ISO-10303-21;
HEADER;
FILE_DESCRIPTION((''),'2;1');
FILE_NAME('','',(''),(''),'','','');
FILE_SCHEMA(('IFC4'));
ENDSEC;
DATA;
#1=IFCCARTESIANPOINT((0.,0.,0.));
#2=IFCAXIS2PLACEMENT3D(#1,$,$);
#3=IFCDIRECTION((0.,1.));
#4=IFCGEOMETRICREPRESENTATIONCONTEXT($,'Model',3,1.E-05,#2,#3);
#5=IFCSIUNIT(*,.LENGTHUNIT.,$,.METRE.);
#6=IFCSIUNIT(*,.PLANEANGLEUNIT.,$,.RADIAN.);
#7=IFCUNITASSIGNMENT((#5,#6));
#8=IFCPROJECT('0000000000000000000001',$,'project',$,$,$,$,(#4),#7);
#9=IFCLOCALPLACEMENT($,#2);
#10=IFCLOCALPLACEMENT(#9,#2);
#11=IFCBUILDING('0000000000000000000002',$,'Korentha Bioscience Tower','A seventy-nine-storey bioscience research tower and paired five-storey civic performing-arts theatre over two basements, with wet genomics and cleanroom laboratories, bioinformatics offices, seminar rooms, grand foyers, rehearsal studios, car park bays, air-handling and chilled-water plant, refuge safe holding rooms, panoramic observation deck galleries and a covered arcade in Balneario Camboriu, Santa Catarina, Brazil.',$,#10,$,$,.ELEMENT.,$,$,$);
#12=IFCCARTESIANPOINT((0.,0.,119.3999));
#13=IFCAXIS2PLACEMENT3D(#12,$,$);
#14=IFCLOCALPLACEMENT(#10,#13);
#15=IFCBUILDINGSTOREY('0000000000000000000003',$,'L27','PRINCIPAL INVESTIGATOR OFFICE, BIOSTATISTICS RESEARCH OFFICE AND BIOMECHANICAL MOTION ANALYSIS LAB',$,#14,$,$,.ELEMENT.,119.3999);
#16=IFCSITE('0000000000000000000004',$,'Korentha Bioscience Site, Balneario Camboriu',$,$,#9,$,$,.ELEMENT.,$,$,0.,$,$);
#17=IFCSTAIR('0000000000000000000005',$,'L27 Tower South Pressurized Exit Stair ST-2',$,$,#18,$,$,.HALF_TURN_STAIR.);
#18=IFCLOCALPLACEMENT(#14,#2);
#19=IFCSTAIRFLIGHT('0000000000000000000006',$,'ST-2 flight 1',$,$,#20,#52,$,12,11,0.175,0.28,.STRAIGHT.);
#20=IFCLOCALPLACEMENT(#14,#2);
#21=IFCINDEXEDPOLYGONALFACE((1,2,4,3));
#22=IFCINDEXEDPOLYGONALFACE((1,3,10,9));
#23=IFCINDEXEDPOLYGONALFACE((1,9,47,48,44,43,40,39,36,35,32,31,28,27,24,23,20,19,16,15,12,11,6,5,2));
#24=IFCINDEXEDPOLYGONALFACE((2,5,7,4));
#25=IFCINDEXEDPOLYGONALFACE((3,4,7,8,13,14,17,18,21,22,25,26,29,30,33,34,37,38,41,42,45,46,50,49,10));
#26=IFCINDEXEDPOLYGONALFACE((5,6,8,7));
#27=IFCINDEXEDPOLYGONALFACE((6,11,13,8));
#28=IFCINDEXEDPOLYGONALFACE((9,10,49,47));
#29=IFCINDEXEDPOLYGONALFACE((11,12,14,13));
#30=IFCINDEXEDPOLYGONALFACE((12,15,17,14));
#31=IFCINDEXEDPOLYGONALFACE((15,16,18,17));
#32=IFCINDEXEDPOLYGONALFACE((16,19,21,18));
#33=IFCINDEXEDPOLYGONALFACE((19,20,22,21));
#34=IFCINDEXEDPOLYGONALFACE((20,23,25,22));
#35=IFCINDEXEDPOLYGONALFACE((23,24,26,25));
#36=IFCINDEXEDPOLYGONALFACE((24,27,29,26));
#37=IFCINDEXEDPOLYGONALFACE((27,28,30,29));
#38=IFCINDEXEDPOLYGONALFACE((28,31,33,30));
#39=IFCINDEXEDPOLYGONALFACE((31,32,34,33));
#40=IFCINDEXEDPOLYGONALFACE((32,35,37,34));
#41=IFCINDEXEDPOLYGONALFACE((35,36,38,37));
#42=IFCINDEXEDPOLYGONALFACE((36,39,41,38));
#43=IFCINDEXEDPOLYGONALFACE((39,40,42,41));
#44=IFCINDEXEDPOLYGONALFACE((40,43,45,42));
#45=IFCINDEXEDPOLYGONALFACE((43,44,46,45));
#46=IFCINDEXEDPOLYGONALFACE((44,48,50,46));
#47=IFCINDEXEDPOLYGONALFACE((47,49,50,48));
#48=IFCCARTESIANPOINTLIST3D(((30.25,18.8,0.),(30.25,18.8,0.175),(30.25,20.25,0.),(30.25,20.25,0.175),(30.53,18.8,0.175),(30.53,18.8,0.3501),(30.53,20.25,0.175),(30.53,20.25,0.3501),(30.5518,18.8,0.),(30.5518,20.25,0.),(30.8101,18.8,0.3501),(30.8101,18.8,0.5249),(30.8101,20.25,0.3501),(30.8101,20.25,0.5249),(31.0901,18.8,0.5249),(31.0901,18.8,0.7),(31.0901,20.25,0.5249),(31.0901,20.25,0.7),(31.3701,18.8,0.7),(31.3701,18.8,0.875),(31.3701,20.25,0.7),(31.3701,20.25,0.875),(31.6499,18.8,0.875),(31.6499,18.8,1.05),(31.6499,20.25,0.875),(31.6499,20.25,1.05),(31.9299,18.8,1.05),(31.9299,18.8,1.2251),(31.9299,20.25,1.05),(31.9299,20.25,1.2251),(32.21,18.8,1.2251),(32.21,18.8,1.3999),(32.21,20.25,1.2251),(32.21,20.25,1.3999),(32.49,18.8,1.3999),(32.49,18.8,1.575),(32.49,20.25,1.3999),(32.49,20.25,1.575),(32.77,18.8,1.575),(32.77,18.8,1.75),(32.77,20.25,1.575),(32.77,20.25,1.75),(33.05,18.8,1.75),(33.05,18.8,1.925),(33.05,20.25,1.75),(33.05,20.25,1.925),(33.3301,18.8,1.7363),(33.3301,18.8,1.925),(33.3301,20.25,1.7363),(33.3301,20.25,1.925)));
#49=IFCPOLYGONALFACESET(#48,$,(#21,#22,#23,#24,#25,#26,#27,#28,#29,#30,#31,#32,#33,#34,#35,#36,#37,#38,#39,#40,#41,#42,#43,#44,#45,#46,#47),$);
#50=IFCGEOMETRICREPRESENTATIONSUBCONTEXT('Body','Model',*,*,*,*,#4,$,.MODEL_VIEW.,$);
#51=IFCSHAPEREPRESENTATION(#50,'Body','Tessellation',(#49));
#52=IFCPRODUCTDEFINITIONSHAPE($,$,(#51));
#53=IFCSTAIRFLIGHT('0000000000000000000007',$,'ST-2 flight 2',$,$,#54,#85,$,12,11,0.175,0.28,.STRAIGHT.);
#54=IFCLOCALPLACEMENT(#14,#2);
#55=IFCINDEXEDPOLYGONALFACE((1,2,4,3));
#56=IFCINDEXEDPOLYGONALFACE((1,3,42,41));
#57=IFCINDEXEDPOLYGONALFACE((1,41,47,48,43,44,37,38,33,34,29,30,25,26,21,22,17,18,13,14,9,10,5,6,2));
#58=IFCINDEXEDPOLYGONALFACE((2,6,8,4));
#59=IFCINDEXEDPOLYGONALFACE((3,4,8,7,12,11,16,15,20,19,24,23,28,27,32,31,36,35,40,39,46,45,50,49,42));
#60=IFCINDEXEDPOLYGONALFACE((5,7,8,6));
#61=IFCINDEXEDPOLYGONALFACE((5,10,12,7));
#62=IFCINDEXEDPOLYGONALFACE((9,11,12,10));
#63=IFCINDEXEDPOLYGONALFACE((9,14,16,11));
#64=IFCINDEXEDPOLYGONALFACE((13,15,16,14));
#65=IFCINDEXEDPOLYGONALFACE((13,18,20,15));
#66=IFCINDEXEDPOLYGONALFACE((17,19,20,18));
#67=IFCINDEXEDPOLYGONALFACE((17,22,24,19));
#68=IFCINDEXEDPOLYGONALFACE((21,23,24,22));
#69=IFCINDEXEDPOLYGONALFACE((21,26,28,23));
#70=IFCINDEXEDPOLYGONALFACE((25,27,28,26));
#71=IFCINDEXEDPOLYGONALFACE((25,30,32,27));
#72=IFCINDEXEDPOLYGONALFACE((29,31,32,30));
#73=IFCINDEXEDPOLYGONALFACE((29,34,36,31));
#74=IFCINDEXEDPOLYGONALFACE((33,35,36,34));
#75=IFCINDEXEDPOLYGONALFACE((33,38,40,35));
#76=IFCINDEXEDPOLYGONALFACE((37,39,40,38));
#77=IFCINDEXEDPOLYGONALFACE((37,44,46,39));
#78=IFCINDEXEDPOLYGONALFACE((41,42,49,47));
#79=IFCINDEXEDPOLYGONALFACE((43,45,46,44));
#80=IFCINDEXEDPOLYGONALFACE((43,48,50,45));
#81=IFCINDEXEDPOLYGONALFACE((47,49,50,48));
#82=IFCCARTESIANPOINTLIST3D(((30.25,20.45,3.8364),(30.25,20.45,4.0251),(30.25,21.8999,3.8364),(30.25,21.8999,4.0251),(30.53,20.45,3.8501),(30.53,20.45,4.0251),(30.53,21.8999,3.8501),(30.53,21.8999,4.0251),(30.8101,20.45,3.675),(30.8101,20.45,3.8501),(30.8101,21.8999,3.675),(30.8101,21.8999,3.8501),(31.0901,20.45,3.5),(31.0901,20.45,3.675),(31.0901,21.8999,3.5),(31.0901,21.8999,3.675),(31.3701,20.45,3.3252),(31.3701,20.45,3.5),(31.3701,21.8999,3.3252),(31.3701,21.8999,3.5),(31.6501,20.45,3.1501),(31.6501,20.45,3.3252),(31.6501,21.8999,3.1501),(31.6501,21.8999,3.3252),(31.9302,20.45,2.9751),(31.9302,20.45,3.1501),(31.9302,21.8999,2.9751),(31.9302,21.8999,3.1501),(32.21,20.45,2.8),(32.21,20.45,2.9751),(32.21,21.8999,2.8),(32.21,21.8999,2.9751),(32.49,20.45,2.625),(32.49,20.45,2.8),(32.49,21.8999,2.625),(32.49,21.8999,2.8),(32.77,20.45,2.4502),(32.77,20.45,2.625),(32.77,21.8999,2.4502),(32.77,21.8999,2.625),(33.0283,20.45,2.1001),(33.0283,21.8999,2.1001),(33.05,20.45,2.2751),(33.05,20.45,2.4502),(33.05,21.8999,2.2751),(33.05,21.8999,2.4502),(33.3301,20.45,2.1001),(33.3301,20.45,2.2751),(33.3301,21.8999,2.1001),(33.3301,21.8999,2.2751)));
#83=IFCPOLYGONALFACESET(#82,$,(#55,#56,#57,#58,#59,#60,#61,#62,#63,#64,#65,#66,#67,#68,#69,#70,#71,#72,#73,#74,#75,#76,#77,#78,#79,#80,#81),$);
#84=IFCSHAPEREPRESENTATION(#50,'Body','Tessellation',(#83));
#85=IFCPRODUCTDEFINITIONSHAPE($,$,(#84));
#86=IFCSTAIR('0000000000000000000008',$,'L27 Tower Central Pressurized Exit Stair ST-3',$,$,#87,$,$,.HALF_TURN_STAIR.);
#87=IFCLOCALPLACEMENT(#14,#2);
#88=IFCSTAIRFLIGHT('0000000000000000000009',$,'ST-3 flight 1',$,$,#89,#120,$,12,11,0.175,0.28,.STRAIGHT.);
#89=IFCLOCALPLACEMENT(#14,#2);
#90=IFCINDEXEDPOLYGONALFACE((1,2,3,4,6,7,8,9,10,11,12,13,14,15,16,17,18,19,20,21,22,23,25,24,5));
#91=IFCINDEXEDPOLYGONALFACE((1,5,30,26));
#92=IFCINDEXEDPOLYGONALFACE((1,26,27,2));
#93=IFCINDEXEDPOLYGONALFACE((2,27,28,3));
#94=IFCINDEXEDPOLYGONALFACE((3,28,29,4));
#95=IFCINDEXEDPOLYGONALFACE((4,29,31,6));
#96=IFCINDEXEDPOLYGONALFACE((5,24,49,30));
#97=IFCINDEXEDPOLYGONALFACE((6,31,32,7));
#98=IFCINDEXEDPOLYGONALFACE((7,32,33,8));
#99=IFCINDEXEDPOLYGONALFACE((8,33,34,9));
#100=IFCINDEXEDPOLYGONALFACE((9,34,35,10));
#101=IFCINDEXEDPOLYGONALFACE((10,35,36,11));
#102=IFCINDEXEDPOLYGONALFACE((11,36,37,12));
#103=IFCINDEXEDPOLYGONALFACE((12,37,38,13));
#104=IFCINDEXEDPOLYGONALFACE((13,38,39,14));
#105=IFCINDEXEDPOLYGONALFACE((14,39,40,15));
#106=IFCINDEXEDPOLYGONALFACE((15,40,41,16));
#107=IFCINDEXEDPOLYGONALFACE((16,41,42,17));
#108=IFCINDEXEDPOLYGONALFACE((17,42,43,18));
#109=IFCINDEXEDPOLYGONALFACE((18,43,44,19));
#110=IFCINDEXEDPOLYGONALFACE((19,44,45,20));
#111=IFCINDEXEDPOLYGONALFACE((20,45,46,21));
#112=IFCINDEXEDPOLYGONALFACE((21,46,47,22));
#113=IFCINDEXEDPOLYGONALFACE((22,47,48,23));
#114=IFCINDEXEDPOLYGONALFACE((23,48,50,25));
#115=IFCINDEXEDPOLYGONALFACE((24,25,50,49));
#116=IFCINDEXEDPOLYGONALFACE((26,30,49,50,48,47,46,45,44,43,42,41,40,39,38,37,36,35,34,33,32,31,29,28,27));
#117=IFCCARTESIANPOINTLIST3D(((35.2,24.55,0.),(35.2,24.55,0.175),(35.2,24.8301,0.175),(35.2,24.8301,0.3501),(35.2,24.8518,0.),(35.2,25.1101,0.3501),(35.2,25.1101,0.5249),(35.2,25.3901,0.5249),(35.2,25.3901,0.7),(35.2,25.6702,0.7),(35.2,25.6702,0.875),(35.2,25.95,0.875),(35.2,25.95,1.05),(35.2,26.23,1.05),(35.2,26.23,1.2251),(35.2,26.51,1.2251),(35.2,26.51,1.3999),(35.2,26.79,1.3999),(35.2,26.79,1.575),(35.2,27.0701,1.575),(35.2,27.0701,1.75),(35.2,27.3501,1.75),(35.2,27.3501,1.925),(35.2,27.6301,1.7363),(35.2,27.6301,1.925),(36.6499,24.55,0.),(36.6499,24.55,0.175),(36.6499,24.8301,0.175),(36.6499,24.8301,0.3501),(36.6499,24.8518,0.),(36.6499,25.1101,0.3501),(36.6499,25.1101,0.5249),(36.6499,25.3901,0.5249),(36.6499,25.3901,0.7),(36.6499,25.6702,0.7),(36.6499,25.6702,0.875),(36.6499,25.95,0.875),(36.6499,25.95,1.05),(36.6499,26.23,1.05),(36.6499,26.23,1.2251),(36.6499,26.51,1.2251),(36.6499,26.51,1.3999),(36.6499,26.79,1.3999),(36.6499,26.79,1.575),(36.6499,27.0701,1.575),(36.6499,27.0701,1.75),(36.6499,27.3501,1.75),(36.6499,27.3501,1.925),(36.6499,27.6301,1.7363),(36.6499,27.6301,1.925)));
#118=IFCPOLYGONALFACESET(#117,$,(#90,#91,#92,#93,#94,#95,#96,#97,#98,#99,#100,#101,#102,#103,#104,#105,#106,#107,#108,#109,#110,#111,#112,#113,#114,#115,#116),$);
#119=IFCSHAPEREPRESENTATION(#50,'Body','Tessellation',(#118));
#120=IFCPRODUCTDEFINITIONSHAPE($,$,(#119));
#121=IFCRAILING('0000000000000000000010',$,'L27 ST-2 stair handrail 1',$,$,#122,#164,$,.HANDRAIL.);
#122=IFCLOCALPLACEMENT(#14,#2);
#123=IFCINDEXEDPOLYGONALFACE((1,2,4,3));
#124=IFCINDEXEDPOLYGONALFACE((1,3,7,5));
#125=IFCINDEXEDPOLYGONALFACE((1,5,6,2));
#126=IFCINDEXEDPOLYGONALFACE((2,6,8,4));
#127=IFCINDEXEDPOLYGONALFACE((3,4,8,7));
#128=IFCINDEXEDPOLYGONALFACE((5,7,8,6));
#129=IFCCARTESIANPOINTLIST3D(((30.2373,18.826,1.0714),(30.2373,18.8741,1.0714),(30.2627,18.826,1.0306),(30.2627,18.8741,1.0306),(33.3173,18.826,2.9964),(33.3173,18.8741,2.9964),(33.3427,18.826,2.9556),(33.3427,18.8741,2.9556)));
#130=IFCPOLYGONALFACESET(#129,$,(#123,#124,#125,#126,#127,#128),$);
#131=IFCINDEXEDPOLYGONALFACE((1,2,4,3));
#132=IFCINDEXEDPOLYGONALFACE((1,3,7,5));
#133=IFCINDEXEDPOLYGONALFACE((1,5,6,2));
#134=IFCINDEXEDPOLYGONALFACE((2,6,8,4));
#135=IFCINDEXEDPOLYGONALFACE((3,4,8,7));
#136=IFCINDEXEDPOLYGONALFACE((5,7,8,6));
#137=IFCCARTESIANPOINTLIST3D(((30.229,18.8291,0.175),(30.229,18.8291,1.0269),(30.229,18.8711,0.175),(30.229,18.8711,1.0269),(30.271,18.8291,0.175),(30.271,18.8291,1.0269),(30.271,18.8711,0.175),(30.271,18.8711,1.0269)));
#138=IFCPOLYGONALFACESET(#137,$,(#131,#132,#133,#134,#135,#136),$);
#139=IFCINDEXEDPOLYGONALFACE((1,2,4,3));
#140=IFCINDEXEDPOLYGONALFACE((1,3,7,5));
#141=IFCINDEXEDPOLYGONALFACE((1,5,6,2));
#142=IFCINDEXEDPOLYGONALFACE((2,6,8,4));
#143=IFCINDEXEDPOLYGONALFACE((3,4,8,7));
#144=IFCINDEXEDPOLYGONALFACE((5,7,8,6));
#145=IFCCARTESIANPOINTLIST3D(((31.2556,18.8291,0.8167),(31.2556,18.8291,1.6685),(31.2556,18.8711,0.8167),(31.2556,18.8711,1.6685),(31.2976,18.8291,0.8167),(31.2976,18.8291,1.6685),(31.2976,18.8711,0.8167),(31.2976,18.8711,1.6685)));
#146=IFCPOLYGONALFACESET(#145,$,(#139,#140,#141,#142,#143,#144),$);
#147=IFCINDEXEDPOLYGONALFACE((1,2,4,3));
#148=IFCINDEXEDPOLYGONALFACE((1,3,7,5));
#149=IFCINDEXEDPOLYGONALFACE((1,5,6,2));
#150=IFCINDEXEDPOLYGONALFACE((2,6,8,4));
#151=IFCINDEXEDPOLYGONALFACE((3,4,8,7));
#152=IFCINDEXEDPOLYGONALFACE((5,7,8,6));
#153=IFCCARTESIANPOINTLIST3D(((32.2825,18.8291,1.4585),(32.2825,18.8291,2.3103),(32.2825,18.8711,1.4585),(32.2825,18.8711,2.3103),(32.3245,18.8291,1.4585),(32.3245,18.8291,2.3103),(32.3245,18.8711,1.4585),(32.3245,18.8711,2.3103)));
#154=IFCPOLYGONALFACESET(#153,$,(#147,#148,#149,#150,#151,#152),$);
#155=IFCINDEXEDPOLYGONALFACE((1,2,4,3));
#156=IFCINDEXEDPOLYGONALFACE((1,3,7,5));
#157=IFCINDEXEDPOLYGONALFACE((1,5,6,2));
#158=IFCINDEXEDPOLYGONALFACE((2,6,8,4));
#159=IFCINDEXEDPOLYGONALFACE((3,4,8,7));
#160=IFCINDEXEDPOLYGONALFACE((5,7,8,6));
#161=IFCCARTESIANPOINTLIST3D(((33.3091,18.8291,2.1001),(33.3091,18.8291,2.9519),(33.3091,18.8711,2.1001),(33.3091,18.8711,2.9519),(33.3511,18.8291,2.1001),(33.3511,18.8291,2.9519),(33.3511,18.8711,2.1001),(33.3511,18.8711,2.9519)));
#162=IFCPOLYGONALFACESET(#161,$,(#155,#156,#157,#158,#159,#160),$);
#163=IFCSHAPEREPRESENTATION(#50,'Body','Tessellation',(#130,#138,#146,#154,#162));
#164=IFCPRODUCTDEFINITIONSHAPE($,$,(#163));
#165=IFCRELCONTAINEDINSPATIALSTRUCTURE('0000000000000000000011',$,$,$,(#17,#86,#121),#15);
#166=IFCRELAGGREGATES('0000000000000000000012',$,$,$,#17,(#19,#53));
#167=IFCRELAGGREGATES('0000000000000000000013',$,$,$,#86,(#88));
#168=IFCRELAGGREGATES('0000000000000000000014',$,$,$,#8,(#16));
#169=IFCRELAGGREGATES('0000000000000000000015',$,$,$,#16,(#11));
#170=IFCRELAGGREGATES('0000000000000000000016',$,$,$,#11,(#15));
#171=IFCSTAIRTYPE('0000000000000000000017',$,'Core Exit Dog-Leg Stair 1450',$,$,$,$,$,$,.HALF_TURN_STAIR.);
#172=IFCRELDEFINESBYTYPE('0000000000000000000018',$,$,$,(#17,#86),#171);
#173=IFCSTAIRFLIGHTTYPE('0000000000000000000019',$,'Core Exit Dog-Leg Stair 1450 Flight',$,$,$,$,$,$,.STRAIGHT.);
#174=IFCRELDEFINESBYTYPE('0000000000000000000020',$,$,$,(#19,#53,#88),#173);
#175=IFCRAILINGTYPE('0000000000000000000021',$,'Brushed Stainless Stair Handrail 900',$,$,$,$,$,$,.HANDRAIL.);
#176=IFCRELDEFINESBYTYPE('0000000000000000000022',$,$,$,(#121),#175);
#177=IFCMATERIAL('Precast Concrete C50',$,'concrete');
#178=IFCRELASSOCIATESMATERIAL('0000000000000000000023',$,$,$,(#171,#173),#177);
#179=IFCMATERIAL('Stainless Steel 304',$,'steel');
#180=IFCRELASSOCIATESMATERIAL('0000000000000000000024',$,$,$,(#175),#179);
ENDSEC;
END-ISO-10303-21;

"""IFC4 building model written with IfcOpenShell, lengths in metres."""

from ifc_helpers import new_model, si_unit, direction, frame, origin, origin_2d, place, context, subcontext, project, spatial, polyline, rectangle, outline, extrude, material, type_object, element, aggregate, save


model = new_model("IFC4")

# Units and contexts
model_context = context("Model", 3, precision=1e-05, world=origin(), true_north=direction((0.0, 1.0)))
body_context = subcontext(model_context, "Body", "Model", "MODEL_VIEW")
ifc_project = project(units=[si_unit("LENGTHUNIT", "METRE"), si_unit("PLANEANGLEUNIT", "RADIAN")], contexts=[model_context])

# Site, building, storey
site_placement = place(None, origin())
site = spatial("IfcSite", under=ifc_project, at=site_placement, Name="Korentha Bioscience Site, Balneario Camboriu", CompositionType="ELEMENT", RefElevation=0.0)
building_placement = place(site_placement, origin())
building = spatial("IfcBuilding", under=site, at=building_placement, Name="Korentha Bioscience Tower", Description="A seventy-nine-storey bioscience research tower and paired five-storey civic performing-arts theatre over two basements, with wet genomics and cleanroom laboratories, bioinformatics offices, seminar rooms, grand foyers, rehearsal studios, car park bays, air-handling and chilled-water plant, refuge safe holding rooms, panoramic observation deck galleries and a covered arcade in Balneario Camboriu, Santa Catarina, Brazil.", CompositionType="ELEMENT")
storey_placement = place(building_placement, frame((0.0, 0.0, 119.3999)))
storey = spatial("IfcBuildingStorey", under=building, at=storey_placement, Name="L27", Description="PRINCIPAL INVESTIGATOR OFFICE, BIOSTATISTICS RESEARCH OFFICE AND BIOMECHANICAL MOTION ANALYSIS LAB", CompositionType="ELEMENT", Elevation=119.3999)

# Stair, stair flights
ifc_material_1 = material(Name="Precast Concrete C50", Category="concrete")
stair_type = type_object("IfcStairType", Name="Core Exit Dog-Leg Stair 1450", PredefinedType="HALF_TURN_STAIR", material=ifc_material_1)
stair_1_placement = place(storey_placement, origin())
stair_1 = element("IfcStair", 1, at=stair_1_placement, inside=storey, type_object=stair_type, Name="L27 Tower South Pressurized Exit Stair ST-2", PredefinedType="HALF_TURN_STAIR")
stair_flight_type = type_object("IfcStairFlightType", Name="Core Exit Dog-Leg Stair 1450 Flight", PredefinedType="STRAIGHT", material=ifc_material_1)
stair_flight_1_placement = place(storey_placement, frame((30.25, 19.5249, 0.0), z_axis=(0.0, 0.0, 1.0), x_axis=(1.0, 0.0, 0.0)))
stair_flight_1 = element("IfcStairFlight", 2, at=stair_flight_1_placement, type_object=stair_flight_type, Name="ST-2 flight 1", NumberOfRisers=12, NumberOfTreads=11, PredefinedType="STRAIGHT", RiserHeight=0.175, TreadLength=0.28, context=body_context, shape_type="SweptSolid", body=[
    extrude(outline(polyline([(0.0, 0.0), (0.0, 0.175), (0.28, 0.175), (0.28, 0.3501), (0.5601, 0.3501), (0.5601, 0.5249), (0.8401, 0.5249), (0.8401, 0.7), (1.1201, 0.7), (1.1201, 0.875), (1.3999, 0.875), (1.3999, 1.05), (1.6799, 1.05), (1.6799, 1.2251), (1.96, 1.2251), (1.96, 1.3999), (2.24, 1.3999), (2.24, 1.575), (2.52, 1.575), (2.52, 1.75), (2.8, 1.75), (2.8, 1.925), (3.0801, 1.925), (3.0801, 2.1001), (3.0801, 1.7363), (0.3018, 0.0), (0.0, 0.0)])), frame((0.0, 0.7251, 0.0), z_axis=(0.0, -1.0, 0.0), x_axis=(1.0, 0.0, 0.0)), (0.0, 0.0, 1.0), 1.45),
])
stair_flight_2_placement = place(storey_placement, frame((33.3301, 21.175, 2.1001), z_axis=(0.0, 0.0, 1.0), x_axis=(-1.0, 0.0, 0.0)))
stair_flight_2 = element("IfcStairFlight", 3, at=stair_flight_2_placement, type_object=stair_flight_type, Name="ST-2 flight 2", NumberOfRisers=12, NumberOfTreads=11, PredefinedType="STRAIGHT", RiserHeight=0.175, TreadLength=0.28, context=body_context, shape_type="SweptSolid", body=[
    extrude(outline(polyline([(0.0, 0.0), (0.0, 0.175), (0.28, 0.175), (0.28, 0.3501), (0.5601, 0.3501), (0.5601, 0.5249), (0.8401, 0.5249), (0.8401, 0.7), (1.1201, 0.7), (1.1201, 0.875), (1.3999, 0.875), (1.3999, 1.05), (1.6799, 1.05), (1.6799, 1.2251), (1.96, 1.2251), (1.96, 1.3999), (2.24, 1.3999), (2.24, 1.575), (2.52, 1.575), (2.52, 1.75), (2.8, 1.75), (2.8, 1.925), (3.0801, 1.925), (3.0801, 2.1001), (3.0801, 1.7363), (0.3018, 0.0), (0.0, 0.0)])), frame((0.0, 0.7251, 0.0), z_axis=(0.0, -1.0, 0.0), x_axis=(1.0, 0.0, 0.0)), (0.0, 0.0, 1.0), 1.45),
])
aggregate(stair_1, [stair_flight_1, stair_flight_2])

# Stair, stair flight
stair_2_placement = place(storey_placement, origin())
stair_2 = element("IfcStair", 4, at=stair_2_placement, inside=storey, type_object=stair_type, Name="L27 Tower Central Pressurized Exit Stair ST-3", PredefinedType="HALF_TURN_STAIR")
stair_flight_3_placement = place(storey_placement, frame((35.925, 24.55, 0.0), z_axis=(0.0, 0.0, 1.0), x_axis=(0.0, 1.0, 0.0)))
stair_flight_3 = element("IfcStairFlight", 5, at=stair_flight_3_placement, type_object=stair_flight_type, Name="ST-3 flight 1", NumberOfRisers=12, NumberOfTreads=11, PredefinedType="STRAIGHT", RiserHeight=0.175, TreadLength=0.28, context=body_context, shape_type="SweptSolid", body=[
    extrude(outline(polyline([(0.0, 0.0), (0.0, 0.175), (0.28, 0.175), (0.28, 0.3501), (0.5601, 0.3501), (0.5601, 0.5249), (0.8401, 0.5249), (0.8401, 0.7), (1.1201, 0.7), (1.1201, 0.875), (1.3999, 0.875), (1.3999, 1.05), (1.6799, 1.05), (1.6799, 1.2251), (1.96, 1.2251), (1.96, 1.3999), (2.24, 1.3999), (2.24, 1.575), (2.52, 1.575), (2.52, 1.75), (2.8, 1.75), (2.8, 1.925), (3.0801, 1.925), (3.0801, 2.1001), (3.0801, 1.7363), (0.3018, 0.0), (0.0, 0.0)])), frame((0.0, 0.7251, 0.0), z_axis=(0.0, -1.0, 0.0), x_axis=(1.0, 0.0, 0.0)), (0.0, 0.0, 1.0), 1.45),
])
aggregate(stair_2, [stair_flight_3])

# Railing
ifc_material_2 = material(Name="Stainless Steel 304", Category="steel")
railing_type_1 = type_object("IfcRailingType", Name="Brushed Stainless Stair Handrail 900", PredefinedType="HANDRAIL", material=ifc_material_2)
railing_1_placement = place(storey_placement, frame((30.25, 18.8501, 0.175)))
element("IfcRailing", 6, at=railing_1_placement, inside=storey, type_object=railing_type_1, Name="L27 ST-2 stair handrail 1", PredefinedType="HANDRAIL", context=body_context, shape_type="SweptSolid", body=[
    extrude(rectangle(XDim=0.0481, YDim=0.0481, at=origin_2d()), frame((0.0, 0.0, 0.876), z_axis=(0.847998, 0.0, 0.529999), x_axis=(0.0, 1.0, 0.0)), (0.0, 0.0, 1.0), 3.6321),
    extrude(rectangle(XDim=0.042, YDim=0.042, at=origin_2d()), origin(), (0.0, 0.0, 1.0), 0.8518),
    extrude(rectangle(XDim=0.042, YDim=0.042, at=origin_2d()), frame((1.0266, 0.0, 0.6416)), (0.0, 0.0, 1.0), 0.8518),
    extrude(rectangle(XDim=0.042, YDim=0.042, at=origin_2d()), frame((2.0535, 0.0, 1.2834)), (0.0, 0.0, 1.0), 0.8518),
    extrude(rectangle(XDim=0.042, YDim=0.042, at=origin_2d()), frame((3.0801, 0.0, 1.925)), (0.0, 0.0, 1.0), 0.8518),
])

save(model, "model.ifc")
